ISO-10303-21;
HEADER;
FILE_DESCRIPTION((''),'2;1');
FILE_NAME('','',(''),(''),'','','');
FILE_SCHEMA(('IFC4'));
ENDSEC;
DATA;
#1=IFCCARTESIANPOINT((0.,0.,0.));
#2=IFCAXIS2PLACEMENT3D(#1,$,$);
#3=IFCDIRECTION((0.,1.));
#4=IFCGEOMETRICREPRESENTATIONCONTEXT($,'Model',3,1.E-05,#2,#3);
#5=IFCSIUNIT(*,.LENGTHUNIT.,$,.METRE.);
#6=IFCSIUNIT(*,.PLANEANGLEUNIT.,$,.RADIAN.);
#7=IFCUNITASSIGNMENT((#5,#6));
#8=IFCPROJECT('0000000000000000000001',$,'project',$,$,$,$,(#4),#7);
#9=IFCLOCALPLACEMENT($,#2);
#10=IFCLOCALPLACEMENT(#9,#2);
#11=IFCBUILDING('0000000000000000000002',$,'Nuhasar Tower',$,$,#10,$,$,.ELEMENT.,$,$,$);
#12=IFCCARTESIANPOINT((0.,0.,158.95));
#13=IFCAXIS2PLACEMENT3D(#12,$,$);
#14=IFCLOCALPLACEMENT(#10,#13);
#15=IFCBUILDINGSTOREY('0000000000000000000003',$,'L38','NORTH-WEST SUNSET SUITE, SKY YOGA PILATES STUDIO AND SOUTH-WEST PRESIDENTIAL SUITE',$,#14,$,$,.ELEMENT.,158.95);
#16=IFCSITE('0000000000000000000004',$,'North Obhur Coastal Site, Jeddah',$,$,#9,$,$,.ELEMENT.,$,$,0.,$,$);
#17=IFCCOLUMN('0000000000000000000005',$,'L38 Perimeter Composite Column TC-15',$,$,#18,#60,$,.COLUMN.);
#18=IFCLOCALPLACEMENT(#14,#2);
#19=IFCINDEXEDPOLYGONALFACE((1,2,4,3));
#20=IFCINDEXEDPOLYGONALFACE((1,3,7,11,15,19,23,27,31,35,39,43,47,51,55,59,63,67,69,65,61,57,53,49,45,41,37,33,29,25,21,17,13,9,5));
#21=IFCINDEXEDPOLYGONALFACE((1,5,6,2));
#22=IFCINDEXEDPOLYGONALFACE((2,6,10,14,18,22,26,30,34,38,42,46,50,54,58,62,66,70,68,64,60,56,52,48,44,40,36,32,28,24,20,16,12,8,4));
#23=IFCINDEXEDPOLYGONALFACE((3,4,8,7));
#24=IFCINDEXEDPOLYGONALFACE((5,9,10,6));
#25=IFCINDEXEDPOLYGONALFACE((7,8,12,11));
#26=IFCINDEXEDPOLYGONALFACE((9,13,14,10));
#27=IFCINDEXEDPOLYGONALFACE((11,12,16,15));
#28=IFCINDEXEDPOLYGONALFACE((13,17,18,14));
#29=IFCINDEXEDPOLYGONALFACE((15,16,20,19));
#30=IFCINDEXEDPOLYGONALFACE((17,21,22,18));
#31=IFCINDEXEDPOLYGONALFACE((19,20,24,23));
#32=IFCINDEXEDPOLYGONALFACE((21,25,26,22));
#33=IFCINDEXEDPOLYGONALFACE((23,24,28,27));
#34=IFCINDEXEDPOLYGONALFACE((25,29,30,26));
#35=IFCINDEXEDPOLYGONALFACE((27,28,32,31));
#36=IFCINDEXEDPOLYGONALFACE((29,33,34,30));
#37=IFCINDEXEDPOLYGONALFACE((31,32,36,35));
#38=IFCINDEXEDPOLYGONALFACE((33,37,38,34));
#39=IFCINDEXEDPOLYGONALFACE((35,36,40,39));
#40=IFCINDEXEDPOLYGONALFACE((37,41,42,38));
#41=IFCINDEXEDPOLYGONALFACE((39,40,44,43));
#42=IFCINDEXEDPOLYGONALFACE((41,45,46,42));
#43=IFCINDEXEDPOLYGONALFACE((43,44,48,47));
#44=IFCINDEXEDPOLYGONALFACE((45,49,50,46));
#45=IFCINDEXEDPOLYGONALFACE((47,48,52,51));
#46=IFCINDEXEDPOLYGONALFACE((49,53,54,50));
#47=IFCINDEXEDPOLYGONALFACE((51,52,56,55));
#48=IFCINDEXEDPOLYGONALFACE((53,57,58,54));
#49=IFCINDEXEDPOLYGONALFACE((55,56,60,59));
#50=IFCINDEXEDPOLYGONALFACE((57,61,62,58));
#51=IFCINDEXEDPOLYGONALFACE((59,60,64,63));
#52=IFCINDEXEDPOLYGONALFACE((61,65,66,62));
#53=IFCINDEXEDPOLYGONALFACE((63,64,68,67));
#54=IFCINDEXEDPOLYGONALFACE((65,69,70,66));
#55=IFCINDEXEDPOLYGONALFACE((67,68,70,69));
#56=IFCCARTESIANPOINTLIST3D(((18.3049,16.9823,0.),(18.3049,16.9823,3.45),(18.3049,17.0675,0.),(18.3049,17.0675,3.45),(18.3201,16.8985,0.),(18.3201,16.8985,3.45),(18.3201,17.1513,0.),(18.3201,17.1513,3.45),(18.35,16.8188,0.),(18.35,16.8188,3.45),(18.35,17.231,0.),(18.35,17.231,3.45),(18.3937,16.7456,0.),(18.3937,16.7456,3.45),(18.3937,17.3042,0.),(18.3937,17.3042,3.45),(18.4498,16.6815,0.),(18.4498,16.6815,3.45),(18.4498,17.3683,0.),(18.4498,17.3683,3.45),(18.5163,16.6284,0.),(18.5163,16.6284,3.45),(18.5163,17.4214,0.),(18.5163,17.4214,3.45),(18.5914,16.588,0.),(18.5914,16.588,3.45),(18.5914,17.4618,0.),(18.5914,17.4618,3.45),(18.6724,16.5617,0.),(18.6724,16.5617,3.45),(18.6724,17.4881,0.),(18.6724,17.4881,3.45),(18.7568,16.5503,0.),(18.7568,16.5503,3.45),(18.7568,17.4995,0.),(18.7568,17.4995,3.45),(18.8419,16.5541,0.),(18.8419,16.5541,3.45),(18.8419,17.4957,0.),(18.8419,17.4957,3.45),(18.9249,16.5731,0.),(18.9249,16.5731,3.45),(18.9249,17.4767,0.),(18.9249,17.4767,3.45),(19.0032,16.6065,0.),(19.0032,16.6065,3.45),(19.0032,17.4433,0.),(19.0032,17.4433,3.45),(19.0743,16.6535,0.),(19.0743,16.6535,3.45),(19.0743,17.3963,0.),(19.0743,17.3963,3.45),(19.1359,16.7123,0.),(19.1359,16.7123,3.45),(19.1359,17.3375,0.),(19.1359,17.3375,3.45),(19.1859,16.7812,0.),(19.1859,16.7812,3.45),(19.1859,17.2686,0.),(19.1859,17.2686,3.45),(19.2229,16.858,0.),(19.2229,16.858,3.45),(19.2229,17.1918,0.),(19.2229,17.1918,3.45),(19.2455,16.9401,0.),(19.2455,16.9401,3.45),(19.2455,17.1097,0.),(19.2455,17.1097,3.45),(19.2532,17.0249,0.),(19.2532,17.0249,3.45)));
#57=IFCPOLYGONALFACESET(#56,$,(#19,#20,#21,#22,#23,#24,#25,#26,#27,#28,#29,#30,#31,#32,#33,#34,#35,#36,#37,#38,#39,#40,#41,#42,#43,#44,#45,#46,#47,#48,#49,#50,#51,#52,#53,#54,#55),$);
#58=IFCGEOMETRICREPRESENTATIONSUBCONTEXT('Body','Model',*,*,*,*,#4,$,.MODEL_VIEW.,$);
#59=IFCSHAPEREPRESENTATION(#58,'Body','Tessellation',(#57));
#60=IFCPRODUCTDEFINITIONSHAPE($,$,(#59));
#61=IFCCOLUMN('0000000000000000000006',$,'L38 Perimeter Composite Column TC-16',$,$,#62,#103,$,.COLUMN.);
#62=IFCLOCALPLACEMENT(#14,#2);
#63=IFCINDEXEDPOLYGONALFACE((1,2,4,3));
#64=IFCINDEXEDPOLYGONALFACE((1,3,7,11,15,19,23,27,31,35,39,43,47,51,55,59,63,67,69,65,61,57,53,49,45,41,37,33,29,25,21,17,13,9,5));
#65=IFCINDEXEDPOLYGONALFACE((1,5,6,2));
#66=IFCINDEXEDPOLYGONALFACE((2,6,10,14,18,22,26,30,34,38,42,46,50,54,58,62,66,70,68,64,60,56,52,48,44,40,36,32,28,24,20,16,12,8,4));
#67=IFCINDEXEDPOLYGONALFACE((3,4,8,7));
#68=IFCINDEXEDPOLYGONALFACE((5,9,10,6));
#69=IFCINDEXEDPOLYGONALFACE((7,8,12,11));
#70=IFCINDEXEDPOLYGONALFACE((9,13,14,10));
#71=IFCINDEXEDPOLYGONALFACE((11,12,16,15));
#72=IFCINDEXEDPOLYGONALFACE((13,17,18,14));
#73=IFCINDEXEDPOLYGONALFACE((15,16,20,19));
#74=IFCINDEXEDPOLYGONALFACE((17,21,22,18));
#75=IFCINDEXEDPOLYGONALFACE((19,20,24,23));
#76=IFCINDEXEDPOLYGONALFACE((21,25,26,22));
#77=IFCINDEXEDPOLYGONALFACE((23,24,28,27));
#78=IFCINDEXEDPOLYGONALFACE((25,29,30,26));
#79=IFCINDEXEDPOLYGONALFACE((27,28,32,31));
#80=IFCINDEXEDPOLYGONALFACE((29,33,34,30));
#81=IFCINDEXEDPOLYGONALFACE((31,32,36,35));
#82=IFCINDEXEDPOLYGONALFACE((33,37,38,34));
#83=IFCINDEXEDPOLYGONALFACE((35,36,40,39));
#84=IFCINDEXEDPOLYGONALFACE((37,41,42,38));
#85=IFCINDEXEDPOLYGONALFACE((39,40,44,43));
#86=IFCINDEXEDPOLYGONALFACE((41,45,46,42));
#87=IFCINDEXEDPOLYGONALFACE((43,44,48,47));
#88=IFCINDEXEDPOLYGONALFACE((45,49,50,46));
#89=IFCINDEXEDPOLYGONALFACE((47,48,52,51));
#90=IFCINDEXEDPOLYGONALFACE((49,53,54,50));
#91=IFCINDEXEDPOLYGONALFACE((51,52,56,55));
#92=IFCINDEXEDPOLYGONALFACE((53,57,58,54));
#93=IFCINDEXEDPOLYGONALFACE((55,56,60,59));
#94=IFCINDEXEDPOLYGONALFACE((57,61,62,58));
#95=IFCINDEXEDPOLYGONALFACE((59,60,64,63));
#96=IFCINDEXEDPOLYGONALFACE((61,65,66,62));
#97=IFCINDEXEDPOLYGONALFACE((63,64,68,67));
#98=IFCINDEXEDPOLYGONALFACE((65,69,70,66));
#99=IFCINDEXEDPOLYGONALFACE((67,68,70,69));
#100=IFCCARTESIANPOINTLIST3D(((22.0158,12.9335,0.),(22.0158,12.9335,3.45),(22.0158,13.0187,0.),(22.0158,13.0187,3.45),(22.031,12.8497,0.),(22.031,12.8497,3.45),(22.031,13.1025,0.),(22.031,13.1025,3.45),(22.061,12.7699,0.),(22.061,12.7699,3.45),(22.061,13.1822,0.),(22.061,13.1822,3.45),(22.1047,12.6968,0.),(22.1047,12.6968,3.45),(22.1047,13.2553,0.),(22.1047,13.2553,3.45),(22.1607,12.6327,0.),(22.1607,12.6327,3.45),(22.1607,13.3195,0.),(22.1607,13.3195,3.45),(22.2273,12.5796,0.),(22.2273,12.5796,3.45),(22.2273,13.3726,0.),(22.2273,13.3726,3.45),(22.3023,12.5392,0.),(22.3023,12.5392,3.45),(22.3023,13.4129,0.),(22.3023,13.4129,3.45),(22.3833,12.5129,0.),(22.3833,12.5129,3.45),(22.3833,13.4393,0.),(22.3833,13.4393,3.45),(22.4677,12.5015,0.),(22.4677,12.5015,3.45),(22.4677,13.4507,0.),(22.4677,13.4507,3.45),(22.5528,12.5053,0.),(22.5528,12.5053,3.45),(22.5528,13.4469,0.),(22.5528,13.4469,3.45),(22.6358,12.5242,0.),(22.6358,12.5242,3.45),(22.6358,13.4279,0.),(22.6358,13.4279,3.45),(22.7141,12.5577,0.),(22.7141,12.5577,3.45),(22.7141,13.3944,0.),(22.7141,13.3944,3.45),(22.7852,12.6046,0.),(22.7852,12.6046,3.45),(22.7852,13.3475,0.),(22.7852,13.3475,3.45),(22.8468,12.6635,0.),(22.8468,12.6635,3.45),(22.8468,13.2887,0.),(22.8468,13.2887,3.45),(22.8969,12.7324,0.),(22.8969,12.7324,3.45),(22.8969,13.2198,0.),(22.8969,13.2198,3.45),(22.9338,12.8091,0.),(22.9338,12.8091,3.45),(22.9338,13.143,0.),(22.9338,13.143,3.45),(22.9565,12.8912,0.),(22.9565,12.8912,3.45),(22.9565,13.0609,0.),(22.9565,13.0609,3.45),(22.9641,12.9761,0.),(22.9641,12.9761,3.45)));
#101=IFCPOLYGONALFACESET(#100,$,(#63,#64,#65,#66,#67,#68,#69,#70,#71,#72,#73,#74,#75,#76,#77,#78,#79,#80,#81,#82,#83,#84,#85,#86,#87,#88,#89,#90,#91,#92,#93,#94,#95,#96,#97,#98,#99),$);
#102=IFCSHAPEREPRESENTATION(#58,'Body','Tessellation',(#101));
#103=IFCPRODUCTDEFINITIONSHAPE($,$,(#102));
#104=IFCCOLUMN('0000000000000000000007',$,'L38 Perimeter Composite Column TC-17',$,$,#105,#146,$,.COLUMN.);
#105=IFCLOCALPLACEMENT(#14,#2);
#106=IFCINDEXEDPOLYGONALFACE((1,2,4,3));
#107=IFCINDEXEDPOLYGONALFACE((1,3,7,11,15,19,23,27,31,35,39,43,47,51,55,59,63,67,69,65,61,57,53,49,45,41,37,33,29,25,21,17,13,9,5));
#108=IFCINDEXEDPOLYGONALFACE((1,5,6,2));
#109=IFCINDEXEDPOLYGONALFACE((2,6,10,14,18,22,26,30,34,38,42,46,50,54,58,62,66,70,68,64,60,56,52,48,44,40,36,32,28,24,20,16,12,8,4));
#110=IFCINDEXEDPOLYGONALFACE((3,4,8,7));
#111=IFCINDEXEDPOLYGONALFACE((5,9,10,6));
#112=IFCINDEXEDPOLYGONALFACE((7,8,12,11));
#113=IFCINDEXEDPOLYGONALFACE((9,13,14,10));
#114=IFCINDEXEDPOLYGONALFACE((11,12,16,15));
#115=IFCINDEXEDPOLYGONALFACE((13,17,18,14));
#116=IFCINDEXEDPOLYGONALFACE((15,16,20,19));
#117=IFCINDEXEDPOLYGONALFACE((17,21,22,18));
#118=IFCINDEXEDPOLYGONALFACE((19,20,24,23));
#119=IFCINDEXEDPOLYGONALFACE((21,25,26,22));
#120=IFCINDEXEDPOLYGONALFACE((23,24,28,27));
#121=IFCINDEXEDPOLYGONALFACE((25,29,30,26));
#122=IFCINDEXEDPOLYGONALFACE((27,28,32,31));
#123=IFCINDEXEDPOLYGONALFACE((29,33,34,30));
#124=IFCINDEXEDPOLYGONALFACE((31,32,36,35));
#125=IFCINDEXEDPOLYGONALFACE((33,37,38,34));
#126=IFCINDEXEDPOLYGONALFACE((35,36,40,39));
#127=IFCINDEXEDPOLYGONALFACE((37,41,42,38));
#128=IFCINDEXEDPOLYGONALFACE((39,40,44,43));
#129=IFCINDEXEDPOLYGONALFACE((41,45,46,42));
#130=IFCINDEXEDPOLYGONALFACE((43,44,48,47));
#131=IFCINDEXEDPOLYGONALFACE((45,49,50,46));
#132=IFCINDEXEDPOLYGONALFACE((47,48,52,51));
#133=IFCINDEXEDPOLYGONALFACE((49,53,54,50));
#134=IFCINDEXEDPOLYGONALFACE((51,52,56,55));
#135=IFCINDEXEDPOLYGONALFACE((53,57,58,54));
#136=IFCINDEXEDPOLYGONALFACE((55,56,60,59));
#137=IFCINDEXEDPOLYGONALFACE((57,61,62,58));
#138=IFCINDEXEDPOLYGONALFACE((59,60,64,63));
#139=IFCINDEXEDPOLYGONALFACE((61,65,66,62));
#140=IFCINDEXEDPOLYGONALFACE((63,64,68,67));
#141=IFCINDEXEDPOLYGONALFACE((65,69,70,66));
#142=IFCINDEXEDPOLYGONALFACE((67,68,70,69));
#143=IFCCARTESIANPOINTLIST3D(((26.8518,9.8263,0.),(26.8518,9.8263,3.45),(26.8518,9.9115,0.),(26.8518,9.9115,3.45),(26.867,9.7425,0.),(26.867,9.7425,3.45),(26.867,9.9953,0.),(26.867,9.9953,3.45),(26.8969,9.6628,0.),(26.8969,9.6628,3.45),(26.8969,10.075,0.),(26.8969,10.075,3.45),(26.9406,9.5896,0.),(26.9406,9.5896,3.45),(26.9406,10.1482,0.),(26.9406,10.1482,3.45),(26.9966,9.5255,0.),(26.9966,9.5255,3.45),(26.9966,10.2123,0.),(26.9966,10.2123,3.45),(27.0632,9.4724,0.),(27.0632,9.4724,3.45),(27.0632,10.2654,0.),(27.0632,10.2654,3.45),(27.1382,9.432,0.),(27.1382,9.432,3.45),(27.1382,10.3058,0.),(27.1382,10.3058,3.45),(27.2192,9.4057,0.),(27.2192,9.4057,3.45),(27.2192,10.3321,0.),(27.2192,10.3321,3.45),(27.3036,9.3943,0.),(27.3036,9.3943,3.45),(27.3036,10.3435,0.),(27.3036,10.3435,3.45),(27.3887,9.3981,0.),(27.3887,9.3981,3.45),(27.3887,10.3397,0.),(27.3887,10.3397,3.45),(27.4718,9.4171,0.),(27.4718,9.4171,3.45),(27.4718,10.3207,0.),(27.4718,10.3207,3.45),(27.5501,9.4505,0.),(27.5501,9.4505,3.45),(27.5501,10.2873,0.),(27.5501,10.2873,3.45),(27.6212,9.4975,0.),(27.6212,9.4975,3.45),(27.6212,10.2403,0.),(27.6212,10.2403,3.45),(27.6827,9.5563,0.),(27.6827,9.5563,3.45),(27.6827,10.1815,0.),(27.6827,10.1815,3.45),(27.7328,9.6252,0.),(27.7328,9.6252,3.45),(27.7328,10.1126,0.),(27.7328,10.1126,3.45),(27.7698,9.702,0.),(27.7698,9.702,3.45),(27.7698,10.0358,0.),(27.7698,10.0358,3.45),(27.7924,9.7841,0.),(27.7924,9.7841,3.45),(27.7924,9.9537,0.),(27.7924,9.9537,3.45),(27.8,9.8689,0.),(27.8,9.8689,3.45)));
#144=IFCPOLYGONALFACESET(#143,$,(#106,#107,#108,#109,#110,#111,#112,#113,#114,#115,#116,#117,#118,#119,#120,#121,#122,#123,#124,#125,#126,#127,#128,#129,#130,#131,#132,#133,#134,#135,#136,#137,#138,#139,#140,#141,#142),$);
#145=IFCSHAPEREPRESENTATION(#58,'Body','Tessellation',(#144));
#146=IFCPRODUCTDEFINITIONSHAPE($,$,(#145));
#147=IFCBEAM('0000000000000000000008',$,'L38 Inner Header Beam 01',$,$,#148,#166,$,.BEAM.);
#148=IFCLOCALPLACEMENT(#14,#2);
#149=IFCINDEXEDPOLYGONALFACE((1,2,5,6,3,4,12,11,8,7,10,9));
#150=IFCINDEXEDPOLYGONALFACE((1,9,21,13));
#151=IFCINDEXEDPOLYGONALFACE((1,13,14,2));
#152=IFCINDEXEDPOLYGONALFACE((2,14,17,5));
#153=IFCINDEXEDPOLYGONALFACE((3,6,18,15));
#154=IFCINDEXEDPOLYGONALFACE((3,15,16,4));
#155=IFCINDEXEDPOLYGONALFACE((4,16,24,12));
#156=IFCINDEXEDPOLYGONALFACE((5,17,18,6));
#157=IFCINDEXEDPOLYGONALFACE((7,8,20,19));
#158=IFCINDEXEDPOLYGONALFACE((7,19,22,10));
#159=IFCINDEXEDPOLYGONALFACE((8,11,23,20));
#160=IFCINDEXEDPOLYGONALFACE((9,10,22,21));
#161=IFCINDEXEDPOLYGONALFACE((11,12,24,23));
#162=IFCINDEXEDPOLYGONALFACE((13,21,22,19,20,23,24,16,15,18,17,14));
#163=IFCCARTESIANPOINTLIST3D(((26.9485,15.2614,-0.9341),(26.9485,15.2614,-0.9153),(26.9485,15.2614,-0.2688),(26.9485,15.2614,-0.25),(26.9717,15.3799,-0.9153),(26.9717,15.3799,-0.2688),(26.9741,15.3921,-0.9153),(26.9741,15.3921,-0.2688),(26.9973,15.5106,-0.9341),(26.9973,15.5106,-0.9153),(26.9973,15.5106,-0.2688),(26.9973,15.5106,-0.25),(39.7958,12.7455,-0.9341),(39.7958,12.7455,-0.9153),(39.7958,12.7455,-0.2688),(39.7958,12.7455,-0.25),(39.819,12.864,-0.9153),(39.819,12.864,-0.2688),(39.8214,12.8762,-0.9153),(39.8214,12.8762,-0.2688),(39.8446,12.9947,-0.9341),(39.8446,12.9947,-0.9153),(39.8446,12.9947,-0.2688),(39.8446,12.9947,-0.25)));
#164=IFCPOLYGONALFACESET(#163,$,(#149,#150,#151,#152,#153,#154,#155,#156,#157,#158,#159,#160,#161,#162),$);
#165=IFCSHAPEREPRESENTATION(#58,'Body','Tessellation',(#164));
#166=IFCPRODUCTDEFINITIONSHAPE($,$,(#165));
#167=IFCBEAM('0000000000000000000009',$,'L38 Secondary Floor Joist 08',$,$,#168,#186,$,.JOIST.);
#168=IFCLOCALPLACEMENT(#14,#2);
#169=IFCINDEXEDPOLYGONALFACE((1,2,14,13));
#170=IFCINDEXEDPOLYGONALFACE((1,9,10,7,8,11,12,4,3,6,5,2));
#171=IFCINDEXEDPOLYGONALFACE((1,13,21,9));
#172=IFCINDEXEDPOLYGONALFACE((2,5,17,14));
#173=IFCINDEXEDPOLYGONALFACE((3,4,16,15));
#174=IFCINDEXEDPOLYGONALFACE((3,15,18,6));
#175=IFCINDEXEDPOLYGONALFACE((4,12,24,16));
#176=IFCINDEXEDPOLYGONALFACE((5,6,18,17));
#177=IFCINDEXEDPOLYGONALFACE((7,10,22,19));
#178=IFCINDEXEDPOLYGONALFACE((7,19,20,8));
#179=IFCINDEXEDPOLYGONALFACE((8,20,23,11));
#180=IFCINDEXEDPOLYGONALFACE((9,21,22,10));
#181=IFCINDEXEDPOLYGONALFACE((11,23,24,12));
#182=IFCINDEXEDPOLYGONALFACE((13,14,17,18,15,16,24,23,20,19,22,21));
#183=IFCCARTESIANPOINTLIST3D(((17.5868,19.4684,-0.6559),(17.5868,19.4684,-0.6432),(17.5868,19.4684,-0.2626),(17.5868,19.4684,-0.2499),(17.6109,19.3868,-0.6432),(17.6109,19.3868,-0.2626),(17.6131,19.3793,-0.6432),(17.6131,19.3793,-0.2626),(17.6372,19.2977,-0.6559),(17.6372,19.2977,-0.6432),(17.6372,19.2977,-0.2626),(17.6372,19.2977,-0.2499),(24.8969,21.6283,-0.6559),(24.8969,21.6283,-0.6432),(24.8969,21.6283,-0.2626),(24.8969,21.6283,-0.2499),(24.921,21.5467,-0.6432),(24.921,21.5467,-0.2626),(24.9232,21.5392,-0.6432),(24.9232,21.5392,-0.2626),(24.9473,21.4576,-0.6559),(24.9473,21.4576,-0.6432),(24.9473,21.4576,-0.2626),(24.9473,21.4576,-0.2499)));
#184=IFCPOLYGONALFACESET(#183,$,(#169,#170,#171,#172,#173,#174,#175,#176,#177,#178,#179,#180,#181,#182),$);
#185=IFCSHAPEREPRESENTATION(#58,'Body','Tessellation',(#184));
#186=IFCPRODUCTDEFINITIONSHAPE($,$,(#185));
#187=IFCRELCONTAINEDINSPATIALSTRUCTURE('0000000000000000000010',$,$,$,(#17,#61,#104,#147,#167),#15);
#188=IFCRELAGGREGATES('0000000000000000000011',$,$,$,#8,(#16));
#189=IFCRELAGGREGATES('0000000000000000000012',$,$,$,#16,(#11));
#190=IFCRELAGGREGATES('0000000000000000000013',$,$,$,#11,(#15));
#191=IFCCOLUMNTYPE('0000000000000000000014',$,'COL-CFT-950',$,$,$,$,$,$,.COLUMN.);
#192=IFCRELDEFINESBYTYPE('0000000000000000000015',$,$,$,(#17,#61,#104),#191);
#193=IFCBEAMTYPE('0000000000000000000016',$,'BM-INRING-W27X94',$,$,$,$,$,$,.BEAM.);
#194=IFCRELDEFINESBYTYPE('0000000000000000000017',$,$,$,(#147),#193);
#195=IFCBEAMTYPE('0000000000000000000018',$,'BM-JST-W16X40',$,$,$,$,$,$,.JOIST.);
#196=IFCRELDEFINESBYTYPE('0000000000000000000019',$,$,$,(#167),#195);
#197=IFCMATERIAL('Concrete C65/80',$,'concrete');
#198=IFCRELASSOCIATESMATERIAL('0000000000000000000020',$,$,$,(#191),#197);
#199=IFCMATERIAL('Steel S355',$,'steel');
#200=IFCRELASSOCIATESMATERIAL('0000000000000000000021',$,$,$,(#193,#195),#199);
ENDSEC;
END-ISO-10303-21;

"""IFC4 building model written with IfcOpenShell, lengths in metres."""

from ifc_helpers import new_model, si_unit, direction, frame, origin, origin_2d, place, context, subcontext, project, spatial, circle, i_section, extrude, material, material_profile, profile_set, type_object, element, save


model = new_model("IFC4")

# Units and contexts
model_context = context("Model", 3, precision=1e-05, world=origin(), true_north=direction((0.0, 1.0)))
body_context = subcontext(model_context, "Body", "Model", "MODEL_VIEW")
ifc_project = project(units=[si_unit("LENGTHUNIT", "METRE"), si_unit("PLANEANGLEUNIT", "RADIAN")], contexts=[model_context])

# Site, building, storey
site_placement = place(None, origin())
site = spatial("IfcSite", under=ifc_project, at=site_placement, Name="North Obhur Coastal Site, Jeddah", CompositionType="ELEMENT", RefElevation=0.0)
building_placement = place(site_placement, origin())
building = spatial("IfcBuilding", under=site, at=building_placement, Name="Nuhasar Tower", CompositionType="ELEMENT")
storey_placement = place(building_placement, frame((0.0, 0.0, 158.95)))
storey = spatial("IfcBuildingStorey", under=building, at=storey_placement, Name="L38", Description="NORTH-WEST SUNSET SUITE, SKY YOGA PILATES STUDIO AND SOUTH-WEST PRESIDENTIAL SUITE", CompositionType="ELEMENT", Elevation=158.95)

# Columns
ifc_material_1 = material(Name="Concrete C65/80", Category="concrete")
ifc_material_profile_1 = material_profile(ifc_material_1, circle(Radius=0.4751, at=origin_2d()), Name="CFT950")
ifc_profile_set_1 = profile_set([ifc_material_profile_1], Name="Concrete C65/80")
column_type = type_object("IfcColumnType", Name="COL-CFT-950", PredefinedType="COLUMN", material=ifc_profile_set_1)
for number, where, z_axis, x_axis, name in (
    (1, (18.7781, 17.0249, 0.0), (0.0, 0.0, 1.0), (1.0, 0.0, 0.0), "L38 Perimeter Composite Column TC-15"),
    (2, (22.489, 12.9761, 0.0), (0.0, 0.0, 1.0), (1.0, 0.0, 0.0), "L38 Perimeter Composite Column TC-16"),
    (3, (27.325, 9.8689, 0.0), (0.0, 0.0, 1.0), (1.0, 0.0, 0.0), "L38 Perimeter Composite Column TC-17"),
):
    element("IfcColumn", number, at=place(storey_placement, frame(where, z_axis=z_axis, x_axis=x_axis)), inside=storey, type_object=column_type, Name=name, PredefinedType="COLUMN", context=body_context, shape_type="SweptSolid", body=[
        extrude(circle(Radius=0.4751, at=origin_2d()), origin(), (0.0, 0.0, 1.0), 3.45),
    ])

# Beams
ifc_material_2 = material(Name="Steel S355", Category="steel")
ifc_material_profile_2 = material_profile(ifc_material_2, i_section(OverallWidth=0.2539, OverallDepth=0.6841, WebThickness=0.0125, FlangeThickness=0.0188, at=origin_2d()), Name="W27X94")
ifc_profile_set_2 = profile_set([ifc_material_profile_2], Name="Steel S355")
beam_type_1 = type_object("IfcBeamType", Name="BM-INRING-W27X94", PredefinedType="BEAM", material=ifc_profile_set_2)
beam_1_placement = place(storey_placement, frame((26.9729, 15.386, -0.592), z_axis=(0.98136, -0.19218, 0.0), x_axis=(0.19218, 0.98136, 0.0)))
element("IfcBeam", 4, at=beam_1_placement, inside=storey, type_object=beam_type_1, Name="L38 Inner Header Beam 01", PredefinedType="BEAM", context=body_context, shape_type="SweptSolid", body=[
    extrude(i_section(OverallWidth=0.2539, OverallDepth=0.6841, WebThickness=0.0125, FlangeThickness=0.0188, at=origin_2d()), origin(), (0.0, 0.0, 1.0), 13.0913),
])
ifc_material_profile_3 = material_profile(ifc_material_2, i_section(OverallWidth=0.178, OverallDepth=0.406, WebThickness=0.0078, FlangeThickness=0.0127, at=origin_2d()), Name="W16X40")
ifc_profile_set_3 = profile_set([ifc_material_profile_3], Name="Steel S355")
beam_type_2 = type_object("IfcBeamType", Name="BM-JST-W16X40", PredefinedType="JOIST", material=ifc_profile_set_3)
beam_2_placement = place(storey_placement, frame((24.9221, 21.543, -0.4529), z_axis=(-0.959013, -0.283361, 0.0), x_axis=(0.283361, -0.959013, 0.0)))
element("IfcBeam", 5, at=beam_2_placement, inside=storey, type_object=beam_type_2, Name="L38 Secondary Floor Joist 08", PredefinedType="JOIST", context=body_context, shape_type="SweptSolid", body=[
    extrude(i_section(OverallWidth=0.178, OverallDepth=0.406, WebThickness=0.0078, FlangeThickness=0.0127, at=origin_2d()), origin(), (0.0, 0.0, 1.0), 7.6226),
])

save(model, "model.ifc")
